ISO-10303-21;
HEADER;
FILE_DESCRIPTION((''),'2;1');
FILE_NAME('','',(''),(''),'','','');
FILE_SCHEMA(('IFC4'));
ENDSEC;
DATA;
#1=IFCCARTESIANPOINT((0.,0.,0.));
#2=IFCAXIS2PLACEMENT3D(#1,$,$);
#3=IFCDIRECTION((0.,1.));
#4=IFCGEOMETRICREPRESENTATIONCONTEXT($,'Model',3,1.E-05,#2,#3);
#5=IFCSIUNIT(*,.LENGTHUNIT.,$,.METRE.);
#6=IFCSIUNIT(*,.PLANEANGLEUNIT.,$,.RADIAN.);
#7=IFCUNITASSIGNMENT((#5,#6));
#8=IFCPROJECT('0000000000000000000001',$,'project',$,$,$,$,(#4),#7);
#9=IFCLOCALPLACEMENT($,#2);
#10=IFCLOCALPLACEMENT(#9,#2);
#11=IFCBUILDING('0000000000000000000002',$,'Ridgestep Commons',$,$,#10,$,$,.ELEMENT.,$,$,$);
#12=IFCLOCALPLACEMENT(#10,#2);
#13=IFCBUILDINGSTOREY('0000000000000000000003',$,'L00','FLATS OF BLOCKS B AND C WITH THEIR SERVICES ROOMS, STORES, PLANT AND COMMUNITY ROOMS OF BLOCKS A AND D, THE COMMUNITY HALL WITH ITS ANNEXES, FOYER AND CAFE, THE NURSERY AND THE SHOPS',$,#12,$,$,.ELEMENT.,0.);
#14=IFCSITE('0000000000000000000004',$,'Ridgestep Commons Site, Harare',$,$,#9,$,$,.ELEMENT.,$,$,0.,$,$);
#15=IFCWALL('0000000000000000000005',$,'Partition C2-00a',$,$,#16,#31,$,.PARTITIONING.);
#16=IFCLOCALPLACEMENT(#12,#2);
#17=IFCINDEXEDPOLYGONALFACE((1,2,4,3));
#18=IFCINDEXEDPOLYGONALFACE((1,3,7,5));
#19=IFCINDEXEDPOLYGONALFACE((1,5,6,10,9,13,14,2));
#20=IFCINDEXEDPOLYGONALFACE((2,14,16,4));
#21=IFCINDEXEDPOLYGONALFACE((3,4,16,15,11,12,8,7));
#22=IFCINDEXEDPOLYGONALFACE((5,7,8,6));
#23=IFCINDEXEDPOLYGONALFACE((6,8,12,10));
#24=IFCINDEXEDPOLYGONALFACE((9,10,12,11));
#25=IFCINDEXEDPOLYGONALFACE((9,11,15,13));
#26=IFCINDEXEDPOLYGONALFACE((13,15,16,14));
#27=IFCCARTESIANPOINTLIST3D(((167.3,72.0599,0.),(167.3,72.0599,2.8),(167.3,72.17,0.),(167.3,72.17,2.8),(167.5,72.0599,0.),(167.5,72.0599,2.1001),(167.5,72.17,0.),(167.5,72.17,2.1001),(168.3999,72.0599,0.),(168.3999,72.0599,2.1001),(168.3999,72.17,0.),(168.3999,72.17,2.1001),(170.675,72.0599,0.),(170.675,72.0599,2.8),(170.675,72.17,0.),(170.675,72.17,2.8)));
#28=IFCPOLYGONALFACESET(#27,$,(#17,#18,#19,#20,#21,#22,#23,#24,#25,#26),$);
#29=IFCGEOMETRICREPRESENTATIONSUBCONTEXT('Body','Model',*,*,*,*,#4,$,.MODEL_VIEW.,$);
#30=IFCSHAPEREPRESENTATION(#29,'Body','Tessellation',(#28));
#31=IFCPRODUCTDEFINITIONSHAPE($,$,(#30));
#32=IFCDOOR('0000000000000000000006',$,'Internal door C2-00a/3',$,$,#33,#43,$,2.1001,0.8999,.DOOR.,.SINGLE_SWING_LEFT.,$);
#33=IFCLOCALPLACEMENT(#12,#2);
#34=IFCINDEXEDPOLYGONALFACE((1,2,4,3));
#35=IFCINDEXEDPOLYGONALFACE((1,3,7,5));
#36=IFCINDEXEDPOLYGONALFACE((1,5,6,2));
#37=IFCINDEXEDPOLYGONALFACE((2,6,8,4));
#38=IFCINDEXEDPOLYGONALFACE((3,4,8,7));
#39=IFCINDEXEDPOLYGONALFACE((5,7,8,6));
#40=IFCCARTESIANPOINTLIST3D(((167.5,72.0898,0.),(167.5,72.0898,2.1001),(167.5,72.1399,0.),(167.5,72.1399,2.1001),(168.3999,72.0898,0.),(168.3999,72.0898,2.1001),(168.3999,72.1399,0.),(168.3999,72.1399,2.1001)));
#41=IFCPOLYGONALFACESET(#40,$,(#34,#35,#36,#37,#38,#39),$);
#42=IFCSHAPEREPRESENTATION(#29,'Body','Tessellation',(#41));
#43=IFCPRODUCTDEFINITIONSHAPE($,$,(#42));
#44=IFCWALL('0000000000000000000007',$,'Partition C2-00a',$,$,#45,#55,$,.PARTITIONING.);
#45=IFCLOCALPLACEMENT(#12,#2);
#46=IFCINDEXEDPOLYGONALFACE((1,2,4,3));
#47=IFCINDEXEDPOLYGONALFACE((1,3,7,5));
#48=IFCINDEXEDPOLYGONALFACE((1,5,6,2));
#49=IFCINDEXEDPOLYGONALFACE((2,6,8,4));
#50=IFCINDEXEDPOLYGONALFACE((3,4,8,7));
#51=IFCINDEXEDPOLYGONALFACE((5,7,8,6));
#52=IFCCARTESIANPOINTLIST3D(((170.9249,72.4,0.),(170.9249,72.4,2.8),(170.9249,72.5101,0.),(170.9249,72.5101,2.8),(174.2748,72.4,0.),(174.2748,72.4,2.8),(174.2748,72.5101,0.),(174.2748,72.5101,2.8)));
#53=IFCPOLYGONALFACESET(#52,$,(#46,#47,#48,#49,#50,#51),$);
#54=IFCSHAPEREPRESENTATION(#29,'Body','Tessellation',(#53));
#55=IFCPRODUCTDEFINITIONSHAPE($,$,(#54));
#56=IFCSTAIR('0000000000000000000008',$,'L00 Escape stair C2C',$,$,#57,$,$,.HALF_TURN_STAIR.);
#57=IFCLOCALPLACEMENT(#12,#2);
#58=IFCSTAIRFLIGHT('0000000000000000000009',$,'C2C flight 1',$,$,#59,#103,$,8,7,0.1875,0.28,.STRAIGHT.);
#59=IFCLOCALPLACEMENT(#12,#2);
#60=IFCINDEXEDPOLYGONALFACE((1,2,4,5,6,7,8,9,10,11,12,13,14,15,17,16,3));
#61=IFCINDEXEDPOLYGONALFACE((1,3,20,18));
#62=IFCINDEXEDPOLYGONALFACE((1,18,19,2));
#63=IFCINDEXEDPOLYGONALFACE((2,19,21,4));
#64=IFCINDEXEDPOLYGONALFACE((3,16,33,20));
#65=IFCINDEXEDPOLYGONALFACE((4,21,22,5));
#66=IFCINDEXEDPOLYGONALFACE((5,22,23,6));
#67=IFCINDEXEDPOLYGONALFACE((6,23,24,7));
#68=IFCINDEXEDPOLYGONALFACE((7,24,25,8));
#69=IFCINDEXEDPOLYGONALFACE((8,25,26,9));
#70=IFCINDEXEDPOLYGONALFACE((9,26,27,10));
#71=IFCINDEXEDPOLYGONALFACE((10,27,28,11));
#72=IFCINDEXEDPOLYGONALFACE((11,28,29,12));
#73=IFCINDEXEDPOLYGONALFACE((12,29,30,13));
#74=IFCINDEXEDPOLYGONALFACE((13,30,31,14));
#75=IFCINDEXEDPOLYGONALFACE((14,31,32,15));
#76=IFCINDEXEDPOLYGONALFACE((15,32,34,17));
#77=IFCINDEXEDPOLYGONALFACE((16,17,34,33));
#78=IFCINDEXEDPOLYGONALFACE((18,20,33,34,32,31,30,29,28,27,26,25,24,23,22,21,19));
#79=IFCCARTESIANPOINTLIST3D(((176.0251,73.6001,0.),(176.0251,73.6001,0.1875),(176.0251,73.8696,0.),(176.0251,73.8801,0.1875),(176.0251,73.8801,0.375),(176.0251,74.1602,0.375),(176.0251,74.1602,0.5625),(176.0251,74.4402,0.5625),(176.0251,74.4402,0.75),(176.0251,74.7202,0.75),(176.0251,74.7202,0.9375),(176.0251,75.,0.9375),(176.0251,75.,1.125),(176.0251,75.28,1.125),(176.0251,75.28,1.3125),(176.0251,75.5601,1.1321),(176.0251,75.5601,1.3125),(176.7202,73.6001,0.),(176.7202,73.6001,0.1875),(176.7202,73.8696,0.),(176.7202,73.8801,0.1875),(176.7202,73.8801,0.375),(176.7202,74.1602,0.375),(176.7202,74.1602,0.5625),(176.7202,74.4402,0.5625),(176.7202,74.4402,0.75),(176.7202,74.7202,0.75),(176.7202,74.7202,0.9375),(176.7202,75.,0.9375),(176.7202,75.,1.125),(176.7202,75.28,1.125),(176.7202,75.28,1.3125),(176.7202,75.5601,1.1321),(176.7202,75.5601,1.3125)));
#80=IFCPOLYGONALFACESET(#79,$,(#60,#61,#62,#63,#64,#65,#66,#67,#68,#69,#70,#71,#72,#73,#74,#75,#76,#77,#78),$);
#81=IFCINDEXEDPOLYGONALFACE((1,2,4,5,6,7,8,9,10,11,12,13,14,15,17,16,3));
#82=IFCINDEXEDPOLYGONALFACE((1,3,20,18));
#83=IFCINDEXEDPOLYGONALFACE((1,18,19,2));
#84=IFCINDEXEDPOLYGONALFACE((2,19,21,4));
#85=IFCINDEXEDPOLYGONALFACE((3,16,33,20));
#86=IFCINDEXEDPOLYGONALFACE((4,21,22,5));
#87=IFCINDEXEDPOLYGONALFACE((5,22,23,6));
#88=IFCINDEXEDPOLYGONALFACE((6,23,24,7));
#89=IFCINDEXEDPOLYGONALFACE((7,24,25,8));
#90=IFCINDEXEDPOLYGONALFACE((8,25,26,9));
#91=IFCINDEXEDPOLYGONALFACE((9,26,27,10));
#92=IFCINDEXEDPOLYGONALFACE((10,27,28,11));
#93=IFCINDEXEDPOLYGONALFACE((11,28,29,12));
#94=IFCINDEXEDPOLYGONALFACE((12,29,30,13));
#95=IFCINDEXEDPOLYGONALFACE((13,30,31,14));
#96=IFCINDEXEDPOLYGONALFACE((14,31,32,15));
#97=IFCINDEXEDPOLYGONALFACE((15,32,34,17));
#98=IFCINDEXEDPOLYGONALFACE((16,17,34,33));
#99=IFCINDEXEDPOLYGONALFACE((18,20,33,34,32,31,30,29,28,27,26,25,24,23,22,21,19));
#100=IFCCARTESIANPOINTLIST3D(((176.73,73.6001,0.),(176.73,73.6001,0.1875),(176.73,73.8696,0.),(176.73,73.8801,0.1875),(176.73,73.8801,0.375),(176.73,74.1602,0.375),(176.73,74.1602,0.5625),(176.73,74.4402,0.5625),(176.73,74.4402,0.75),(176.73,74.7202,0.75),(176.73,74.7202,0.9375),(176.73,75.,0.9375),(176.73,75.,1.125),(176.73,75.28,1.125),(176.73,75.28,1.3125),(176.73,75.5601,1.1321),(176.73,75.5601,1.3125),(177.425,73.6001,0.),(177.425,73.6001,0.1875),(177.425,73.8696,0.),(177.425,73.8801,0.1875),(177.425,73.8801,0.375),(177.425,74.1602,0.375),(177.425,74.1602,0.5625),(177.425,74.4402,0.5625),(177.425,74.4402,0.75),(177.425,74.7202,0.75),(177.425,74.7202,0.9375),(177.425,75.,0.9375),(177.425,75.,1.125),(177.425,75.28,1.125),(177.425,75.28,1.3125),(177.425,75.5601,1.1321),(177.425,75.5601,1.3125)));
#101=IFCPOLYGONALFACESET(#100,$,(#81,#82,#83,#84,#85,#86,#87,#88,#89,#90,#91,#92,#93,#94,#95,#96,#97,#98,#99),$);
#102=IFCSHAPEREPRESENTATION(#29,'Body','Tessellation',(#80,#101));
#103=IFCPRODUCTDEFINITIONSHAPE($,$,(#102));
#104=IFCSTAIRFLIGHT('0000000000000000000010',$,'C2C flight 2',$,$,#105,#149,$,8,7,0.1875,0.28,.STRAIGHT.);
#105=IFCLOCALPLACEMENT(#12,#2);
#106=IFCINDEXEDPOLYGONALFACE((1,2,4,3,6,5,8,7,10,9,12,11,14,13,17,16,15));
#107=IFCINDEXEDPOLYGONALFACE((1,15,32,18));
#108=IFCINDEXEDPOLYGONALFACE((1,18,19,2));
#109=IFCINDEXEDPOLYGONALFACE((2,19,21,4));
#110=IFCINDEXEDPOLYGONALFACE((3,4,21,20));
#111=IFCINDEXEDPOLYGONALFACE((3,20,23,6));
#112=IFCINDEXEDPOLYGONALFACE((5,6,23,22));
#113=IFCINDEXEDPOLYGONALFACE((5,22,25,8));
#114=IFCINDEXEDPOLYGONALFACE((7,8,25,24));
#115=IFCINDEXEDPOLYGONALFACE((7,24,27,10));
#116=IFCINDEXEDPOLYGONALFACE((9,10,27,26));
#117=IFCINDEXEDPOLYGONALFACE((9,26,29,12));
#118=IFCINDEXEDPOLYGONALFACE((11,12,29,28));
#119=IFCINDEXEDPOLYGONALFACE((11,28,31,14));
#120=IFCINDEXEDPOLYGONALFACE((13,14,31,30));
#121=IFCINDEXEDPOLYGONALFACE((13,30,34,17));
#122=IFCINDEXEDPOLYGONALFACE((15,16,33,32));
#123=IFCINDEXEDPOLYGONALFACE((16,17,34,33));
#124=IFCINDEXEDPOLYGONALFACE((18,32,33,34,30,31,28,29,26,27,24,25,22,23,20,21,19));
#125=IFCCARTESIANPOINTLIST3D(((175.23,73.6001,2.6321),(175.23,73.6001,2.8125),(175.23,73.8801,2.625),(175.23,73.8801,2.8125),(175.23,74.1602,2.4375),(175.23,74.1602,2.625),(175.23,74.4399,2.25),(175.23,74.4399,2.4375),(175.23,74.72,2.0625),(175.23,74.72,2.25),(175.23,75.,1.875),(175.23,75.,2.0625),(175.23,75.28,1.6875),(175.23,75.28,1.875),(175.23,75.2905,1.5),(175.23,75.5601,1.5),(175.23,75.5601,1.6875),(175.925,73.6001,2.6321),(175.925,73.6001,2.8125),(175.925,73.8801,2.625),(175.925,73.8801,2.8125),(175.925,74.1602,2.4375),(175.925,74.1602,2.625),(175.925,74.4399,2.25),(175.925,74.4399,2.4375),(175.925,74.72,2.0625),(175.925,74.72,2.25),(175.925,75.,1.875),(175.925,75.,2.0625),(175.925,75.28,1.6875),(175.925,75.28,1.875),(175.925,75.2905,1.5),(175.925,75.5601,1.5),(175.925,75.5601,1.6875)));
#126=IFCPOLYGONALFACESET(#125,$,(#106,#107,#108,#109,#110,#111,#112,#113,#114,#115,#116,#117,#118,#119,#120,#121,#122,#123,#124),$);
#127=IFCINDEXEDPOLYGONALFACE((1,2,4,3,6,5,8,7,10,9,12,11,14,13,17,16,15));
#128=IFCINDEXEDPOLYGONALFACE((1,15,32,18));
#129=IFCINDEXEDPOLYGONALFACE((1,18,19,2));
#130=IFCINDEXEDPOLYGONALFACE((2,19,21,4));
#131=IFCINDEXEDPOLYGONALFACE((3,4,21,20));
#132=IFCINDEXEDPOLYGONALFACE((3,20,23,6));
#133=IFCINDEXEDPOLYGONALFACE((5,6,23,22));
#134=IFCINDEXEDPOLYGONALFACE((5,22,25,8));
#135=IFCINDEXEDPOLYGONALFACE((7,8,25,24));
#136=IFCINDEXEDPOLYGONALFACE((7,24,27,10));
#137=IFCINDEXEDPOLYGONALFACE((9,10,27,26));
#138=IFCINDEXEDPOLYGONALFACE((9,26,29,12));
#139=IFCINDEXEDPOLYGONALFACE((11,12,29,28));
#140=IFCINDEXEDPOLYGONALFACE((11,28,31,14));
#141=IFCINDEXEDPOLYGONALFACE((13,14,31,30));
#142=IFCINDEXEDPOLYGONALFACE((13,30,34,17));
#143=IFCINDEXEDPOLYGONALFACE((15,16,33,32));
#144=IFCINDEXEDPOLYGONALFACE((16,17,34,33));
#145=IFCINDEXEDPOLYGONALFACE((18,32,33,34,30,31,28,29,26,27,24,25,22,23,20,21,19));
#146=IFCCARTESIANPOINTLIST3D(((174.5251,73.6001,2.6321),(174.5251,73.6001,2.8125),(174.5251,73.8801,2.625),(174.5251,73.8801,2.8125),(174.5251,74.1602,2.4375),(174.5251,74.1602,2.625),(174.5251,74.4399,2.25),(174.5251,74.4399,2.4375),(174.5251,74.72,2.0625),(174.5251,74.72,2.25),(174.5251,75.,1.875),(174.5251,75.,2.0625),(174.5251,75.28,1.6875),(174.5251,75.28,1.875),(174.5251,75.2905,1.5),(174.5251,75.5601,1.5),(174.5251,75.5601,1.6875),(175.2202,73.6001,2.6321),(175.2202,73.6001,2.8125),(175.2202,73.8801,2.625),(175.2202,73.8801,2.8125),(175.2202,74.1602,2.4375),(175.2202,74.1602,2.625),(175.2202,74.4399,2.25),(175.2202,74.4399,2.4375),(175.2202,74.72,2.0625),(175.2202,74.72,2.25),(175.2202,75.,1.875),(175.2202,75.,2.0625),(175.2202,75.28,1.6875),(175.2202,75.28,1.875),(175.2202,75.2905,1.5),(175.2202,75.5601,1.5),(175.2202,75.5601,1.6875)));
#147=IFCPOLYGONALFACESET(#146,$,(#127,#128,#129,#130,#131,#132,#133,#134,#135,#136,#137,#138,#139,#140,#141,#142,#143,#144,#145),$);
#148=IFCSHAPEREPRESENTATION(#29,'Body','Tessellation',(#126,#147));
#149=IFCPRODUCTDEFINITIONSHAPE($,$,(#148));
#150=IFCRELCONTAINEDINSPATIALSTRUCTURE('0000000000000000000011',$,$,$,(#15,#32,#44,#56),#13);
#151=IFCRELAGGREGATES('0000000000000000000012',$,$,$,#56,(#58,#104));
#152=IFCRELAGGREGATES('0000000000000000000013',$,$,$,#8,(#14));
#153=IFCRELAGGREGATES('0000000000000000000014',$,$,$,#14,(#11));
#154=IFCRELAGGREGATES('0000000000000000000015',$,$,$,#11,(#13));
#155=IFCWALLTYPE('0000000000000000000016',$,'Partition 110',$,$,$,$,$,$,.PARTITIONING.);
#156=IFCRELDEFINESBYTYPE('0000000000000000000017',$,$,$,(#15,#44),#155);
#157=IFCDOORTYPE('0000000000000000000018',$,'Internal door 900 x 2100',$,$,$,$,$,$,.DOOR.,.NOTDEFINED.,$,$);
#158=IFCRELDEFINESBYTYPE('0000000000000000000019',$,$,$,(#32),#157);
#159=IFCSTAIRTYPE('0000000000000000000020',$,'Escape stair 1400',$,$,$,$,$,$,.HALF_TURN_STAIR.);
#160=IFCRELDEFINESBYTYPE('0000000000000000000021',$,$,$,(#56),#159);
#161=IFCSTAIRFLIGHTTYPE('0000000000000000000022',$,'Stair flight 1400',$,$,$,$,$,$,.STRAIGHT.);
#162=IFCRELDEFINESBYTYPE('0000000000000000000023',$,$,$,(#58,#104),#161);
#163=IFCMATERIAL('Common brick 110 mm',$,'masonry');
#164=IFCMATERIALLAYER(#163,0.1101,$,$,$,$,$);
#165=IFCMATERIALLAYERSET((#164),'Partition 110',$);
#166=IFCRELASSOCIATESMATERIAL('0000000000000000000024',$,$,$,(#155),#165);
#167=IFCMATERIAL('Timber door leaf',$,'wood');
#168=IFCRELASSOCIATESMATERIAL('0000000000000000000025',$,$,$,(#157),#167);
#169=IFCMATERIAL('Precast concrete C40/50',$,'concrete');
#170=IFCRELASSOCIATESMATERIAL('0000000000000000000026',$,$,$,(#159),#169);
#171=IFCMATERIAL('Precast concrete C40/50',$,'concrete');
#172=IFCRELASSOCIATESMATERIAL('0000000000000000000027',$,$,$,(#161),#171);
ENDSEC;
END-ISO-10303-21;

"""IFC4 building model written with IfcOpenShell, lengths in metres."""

from ifc_helpers import new_model, si_unit, direction, frame, frame_2d, origin, place, context, subcontext, project, spatial, polyline, rectangle, outline, extrude, material, layer, layer_set, type_object, element, fill, aggregate, save


model = new_model("IFC4")

# Units and contexts
model_context = context("Model", 3, precision=1e-05, world=origin(), true_north=direction((0.0, 1.0)))
body_context = subcontext(model_context, "Body", "Model", "MODEL_VIEW")
ifc_project = project(units=[si_unit("LENGTHUNIT", "METRE"), si_unit("PLANEANGLEUNIT", "RADIAN")], contexts=[model_context])

# Site, building, storey
site_placement = place(None, origin())
site = spatial("IfcSite", under=ifc_project, at=site_placement, Name="Ridgestep Commons Site, Harare", CompositionType="ELEMENT", RefElevation=0.0)
building_placement = place(site_placement, origin())
building = spatial("IfcBuilding", under=site, at=building_placement, Name="Ridgestep Commons", CompositionType="ELEMENT")
storey_placement = place(building_placement, origin())
storey = spatial("IfcBuildingStorey", under=building, at=storey_placement, Name="L00", Description="FLATS OF BLOCKS B AND C WITH THEIR SERVICES ROOMS, STORES, PLANT AND COMMUNITY ROOMS OF BLOCKS A AND D, THE COMMUNITY HALL WITH ITS ANNEXES, FOYER AND CAFE, THE NURSERY AND THE SHOPS", CompositionType="ELEMENT", Elevation=0.0)

# Wall, opening, door
ifc_material_1 = material(Name="Common brick 110 mm", Category="masonry")
ifc_layer_1 = layer(ifc_material_1, 0.1101)
ifc_layer_set_1 = layer_set([ifc_layer_1], Name="Partition 110")
wall_type_1 = type_object("IfcWallType", Name="Partition 110", PredefinedType="PARTITIONING", material=ifc_layer_set_1)
wall_1_placement = place(storey_placement, frame((167.3, 72.115, 0.0), z_axis=(0.0, 0.0, 1.0), x_axis=(1.0, 0.0, 0.0)))
wall_1 = element("IfcWall", 1, at=wall_1_placement, inside=storey, type_object=wall_type_1, Name="Partition C2-00a", PredefinedType="PARTITIONING", context=body_context, shape_type="SweptSolid", body=[
    extrude(rectangle(XDim=3.375, YDim=0.1101, at=frame_2d((1.6875, 0.0))), origin(), (0.0, 0.0, 1.0), 2.8),
])
opening_1_placement = place(wall_1_placement, frame((0.2, 0.0, 0.0)))
opening_1 = element("IfcOpeningElement", 2, at=opening_1_placement, cuts=wall_1, PredefinedType="OPENING", context=body_context, shape_type="SweptSolid", body=[
    extrude(rectangle(XDim=0.8999, YDim=2.1001, at=frame_2d((0.45, 1.05))), frame((0.0, 0.0649, 0.0), z_axis=(0.0, -1.0, 0.0), x_axis=(1.0, 0.0, 0.0)), (0.0, 0.0, 1.0), 0.1301),
])
ifc_material_2 = material(Name="Timber door leaf", Category="wood")
door_type_1 = type_object("IfcDoorType", Name="Internal door 900 x 2100", OperationType="NOTDEFINED", PredefinedType="DOOR", material=ifc_material_2)
door_1_placement = place(opening_1_placement, origin())
door_1 = element("IfcDoor", 3, at=door_1_placement, inside=storey, type_object=door_type_1, Name="Internal door C2-00a/3", OperationType="SINGLE_SWING_LEFT", OverallHeight=2.1001, OverallWidth=0.8999, PredefinedType="DOOR", context=body_context, shape_type="SweptSolid", body=[
    extrude(rectangle(XDim=0.8999, YDim=2.1001, at=frame_2d((0.45, 1.05))), frame((0.0, 0.0249, 0.0), z_axis=(0.0, -1.0, 0.0), x_axis=(1.0, 0.0, 0.0)), (0.0, 0.0, 1.0), 0.05),
])
fill(opening_1, door_1)

# Wall
wall_2_placement = place(storey_placement, frame((170.925, 72.4551, 0.0), z_axis=(0.0, 0.0, 1.0), x_axis=(1.0, 0.0, 0.0)))
element("IfcWall", 4, at=wall_2_placement, inside=storey, type_object=wall_type_1, Name="Partition C2-00a", PredefinedType="PARTITIONING", context=body_context, shape_type="SweptSolid", body=[
    extrude(rectangle(XDim=3.3499, YDim=0.1101, at=frame_2d((1.6748, 0.0))), origin(), (0.0, 0.0, 1.0), 2.8),
])

# Stair, stair flights
ifc_material_3 = material(Name="Precast concrete C40/50", Category="concrete")
stair_type = type_object("IfcStairType", Name="Escape stair 1400", PredefinedType="HALF_TURN_STAIR", material=ifc_material_3)
stair_placement = place(storey_placement, origin())
stair = element("IfcStair", 5, at=stair_placement, inside=storey, type_object=stair_type, Name="L00 Escape stair C2C", PredefinedType="HALF_TURN_STAIR")
ifc_material_4 = material(Name="Precast concrete C40/50", Category="concrete")
stair_flight_type = type_object("IfcStairFlightType", Name="Stair flight 1400", PredefinedType="STRAIGHT", material=ifc_material_4)
stair_flight_1_placement = place(storey_placement, frame((176.7251, 73.6001, 0.0), z_axis=(0.0, 0.0, 1.0), x_axis=(0.0, 1.0, 0.0)))
stair_flight_1 = element("IfcStairFlight", 6, at=stair_flight_1_placement, type_object=stair_flight_type, Name="C2C flight 1", NumberOfRisers=8, NumberOfTreads=7, PredefinedType="STRAIGHT", RiserHeight=0.1875, TreadLength=0.28, context=body_context, shape_type="SweptSolid", body=[
    extrude(outline(polyline([(0.0, 0.0), (0.0, 0.1875), (0.28, 0.1875), (0.28, 0.375), (0.5601, 0.375), (0.5601, 0.5625), (0.8401, 0.5625), (0.8401, 0.75), (1.1201, 0.75), (1.1201, 0.9375), (1.3999, 0.9375), (1.3999, 1.125), (1.6799, 1.125), (1.6799, 1.3125), (1.96, 1.3125), (1.96, 1.5), (1.96, 1.1321), (0.2695, 0.0), (0.0, 0.0)])), frame((0.0, 0.7, 0.0), z_axis=(0.0, -1.0, 0.0), x_axis=(1.0, 0.0, 0.0)), (0.0, 0.0, 1.0), 0.6951),
    extrude(outline(polyline([(0.0, 0.0), (0.0, 0.1875), (0.28, 0.1875), (0.28, 0.375), (0.5601, 0.375), (0.5601, 0.5625), (0.8401, 0.5625), (0.8401, 0.75), (1.1201, 0.75), (1.1201, 0.9375), (1.3999, 0.9375), (1.3999, 1.125), (1.6799, 1.125), (1.6799, 1.3125), (1.96, 1.3125), (1.96, 1.5), (1.96, 1.1321), (0.2695, 0.0), (0.0, 0.0)])), frame((0.0, -0.0049, 0.0), z_axis=(0.0, -1.0, 0.0), x_axis=(1.0, 0.0, 0.0)), (0.0, 0.0, 1.0), 0.6951),
])
stair_flight_2_placement = place(storey_placement, frame((175.2251, 75.5601, 1.5), z_axis=(0.0, 0.0, 1.0), x_axis=(0.0, -1.0, 0.0)))
stair_flight_2 = element("IfcStairFlight", 7, at=stair_flight_2_placement, type_object=stair_flight_type, Name="C2C flight 2", NumberOfRisers=8, NumberOfTreads=7, PredefinedType="STRAIGHT", RiserHeight=0.1875, TreadLength=0.28, context=body_context, shape_type="SweptSolid", body=[
    extrude(outline(polyline([(0.0, 0.0), (0.0, 0.1875), (0.28, 0.1875), (0.28, 0.375), (0.5601, 0.375), (0.5601, 0.5625), (0.8401, 0.5625), (0.8401, 0.75), (1.1201, 0.75), (1.1201, 0.9375), (1.3999, 0.9375), (1.3999, 1.125), (1.6799, 1.125), (1.6799, 1.3125), (1.96, 1.3125), (1.96, 1.5), (1.96, 1.1321), (0.2695, 0.0), (0.0, 0.0)])), frame((0.0, 0.7, 0.0), z_axis=(0.0, -1.0, 0.0), x_axis=(1.0, 0.0, 0.0)), (0.0, 0.0, 1.0), 0.6951),
    extrude(outline(polyline([(0.0, 0.0), (0.0, 0.1875), (0.28, 0.1875), (0.28, 0.375), (0.5601, 0.375), (0.5601, 0.5625), (0.8401, 0.5625), (0.8401, 0.75), (1.1201, 0.75), (1.1201, 0.9375), (1.3999, 0.9375), (1.3999, 1.125), (1.6799, 1.125), (1.6799, 1.3125), (1.96, 1.3125), (1.96, 1.5), (1.96, 1.1321), (0.2695, 0.0), (0.0, 0.0)])), frame((0.0, -0.0049, 0.0), z_axis=(0.0, -1.0, 0.0), x_axis=(1.0, 0.0, 0.0)), (0.0, 0.0, 1.0), 0.6951),
])
aggregate(stair, [stair_flight_1, stair_flight_2])

save(model, "model.ifc")
